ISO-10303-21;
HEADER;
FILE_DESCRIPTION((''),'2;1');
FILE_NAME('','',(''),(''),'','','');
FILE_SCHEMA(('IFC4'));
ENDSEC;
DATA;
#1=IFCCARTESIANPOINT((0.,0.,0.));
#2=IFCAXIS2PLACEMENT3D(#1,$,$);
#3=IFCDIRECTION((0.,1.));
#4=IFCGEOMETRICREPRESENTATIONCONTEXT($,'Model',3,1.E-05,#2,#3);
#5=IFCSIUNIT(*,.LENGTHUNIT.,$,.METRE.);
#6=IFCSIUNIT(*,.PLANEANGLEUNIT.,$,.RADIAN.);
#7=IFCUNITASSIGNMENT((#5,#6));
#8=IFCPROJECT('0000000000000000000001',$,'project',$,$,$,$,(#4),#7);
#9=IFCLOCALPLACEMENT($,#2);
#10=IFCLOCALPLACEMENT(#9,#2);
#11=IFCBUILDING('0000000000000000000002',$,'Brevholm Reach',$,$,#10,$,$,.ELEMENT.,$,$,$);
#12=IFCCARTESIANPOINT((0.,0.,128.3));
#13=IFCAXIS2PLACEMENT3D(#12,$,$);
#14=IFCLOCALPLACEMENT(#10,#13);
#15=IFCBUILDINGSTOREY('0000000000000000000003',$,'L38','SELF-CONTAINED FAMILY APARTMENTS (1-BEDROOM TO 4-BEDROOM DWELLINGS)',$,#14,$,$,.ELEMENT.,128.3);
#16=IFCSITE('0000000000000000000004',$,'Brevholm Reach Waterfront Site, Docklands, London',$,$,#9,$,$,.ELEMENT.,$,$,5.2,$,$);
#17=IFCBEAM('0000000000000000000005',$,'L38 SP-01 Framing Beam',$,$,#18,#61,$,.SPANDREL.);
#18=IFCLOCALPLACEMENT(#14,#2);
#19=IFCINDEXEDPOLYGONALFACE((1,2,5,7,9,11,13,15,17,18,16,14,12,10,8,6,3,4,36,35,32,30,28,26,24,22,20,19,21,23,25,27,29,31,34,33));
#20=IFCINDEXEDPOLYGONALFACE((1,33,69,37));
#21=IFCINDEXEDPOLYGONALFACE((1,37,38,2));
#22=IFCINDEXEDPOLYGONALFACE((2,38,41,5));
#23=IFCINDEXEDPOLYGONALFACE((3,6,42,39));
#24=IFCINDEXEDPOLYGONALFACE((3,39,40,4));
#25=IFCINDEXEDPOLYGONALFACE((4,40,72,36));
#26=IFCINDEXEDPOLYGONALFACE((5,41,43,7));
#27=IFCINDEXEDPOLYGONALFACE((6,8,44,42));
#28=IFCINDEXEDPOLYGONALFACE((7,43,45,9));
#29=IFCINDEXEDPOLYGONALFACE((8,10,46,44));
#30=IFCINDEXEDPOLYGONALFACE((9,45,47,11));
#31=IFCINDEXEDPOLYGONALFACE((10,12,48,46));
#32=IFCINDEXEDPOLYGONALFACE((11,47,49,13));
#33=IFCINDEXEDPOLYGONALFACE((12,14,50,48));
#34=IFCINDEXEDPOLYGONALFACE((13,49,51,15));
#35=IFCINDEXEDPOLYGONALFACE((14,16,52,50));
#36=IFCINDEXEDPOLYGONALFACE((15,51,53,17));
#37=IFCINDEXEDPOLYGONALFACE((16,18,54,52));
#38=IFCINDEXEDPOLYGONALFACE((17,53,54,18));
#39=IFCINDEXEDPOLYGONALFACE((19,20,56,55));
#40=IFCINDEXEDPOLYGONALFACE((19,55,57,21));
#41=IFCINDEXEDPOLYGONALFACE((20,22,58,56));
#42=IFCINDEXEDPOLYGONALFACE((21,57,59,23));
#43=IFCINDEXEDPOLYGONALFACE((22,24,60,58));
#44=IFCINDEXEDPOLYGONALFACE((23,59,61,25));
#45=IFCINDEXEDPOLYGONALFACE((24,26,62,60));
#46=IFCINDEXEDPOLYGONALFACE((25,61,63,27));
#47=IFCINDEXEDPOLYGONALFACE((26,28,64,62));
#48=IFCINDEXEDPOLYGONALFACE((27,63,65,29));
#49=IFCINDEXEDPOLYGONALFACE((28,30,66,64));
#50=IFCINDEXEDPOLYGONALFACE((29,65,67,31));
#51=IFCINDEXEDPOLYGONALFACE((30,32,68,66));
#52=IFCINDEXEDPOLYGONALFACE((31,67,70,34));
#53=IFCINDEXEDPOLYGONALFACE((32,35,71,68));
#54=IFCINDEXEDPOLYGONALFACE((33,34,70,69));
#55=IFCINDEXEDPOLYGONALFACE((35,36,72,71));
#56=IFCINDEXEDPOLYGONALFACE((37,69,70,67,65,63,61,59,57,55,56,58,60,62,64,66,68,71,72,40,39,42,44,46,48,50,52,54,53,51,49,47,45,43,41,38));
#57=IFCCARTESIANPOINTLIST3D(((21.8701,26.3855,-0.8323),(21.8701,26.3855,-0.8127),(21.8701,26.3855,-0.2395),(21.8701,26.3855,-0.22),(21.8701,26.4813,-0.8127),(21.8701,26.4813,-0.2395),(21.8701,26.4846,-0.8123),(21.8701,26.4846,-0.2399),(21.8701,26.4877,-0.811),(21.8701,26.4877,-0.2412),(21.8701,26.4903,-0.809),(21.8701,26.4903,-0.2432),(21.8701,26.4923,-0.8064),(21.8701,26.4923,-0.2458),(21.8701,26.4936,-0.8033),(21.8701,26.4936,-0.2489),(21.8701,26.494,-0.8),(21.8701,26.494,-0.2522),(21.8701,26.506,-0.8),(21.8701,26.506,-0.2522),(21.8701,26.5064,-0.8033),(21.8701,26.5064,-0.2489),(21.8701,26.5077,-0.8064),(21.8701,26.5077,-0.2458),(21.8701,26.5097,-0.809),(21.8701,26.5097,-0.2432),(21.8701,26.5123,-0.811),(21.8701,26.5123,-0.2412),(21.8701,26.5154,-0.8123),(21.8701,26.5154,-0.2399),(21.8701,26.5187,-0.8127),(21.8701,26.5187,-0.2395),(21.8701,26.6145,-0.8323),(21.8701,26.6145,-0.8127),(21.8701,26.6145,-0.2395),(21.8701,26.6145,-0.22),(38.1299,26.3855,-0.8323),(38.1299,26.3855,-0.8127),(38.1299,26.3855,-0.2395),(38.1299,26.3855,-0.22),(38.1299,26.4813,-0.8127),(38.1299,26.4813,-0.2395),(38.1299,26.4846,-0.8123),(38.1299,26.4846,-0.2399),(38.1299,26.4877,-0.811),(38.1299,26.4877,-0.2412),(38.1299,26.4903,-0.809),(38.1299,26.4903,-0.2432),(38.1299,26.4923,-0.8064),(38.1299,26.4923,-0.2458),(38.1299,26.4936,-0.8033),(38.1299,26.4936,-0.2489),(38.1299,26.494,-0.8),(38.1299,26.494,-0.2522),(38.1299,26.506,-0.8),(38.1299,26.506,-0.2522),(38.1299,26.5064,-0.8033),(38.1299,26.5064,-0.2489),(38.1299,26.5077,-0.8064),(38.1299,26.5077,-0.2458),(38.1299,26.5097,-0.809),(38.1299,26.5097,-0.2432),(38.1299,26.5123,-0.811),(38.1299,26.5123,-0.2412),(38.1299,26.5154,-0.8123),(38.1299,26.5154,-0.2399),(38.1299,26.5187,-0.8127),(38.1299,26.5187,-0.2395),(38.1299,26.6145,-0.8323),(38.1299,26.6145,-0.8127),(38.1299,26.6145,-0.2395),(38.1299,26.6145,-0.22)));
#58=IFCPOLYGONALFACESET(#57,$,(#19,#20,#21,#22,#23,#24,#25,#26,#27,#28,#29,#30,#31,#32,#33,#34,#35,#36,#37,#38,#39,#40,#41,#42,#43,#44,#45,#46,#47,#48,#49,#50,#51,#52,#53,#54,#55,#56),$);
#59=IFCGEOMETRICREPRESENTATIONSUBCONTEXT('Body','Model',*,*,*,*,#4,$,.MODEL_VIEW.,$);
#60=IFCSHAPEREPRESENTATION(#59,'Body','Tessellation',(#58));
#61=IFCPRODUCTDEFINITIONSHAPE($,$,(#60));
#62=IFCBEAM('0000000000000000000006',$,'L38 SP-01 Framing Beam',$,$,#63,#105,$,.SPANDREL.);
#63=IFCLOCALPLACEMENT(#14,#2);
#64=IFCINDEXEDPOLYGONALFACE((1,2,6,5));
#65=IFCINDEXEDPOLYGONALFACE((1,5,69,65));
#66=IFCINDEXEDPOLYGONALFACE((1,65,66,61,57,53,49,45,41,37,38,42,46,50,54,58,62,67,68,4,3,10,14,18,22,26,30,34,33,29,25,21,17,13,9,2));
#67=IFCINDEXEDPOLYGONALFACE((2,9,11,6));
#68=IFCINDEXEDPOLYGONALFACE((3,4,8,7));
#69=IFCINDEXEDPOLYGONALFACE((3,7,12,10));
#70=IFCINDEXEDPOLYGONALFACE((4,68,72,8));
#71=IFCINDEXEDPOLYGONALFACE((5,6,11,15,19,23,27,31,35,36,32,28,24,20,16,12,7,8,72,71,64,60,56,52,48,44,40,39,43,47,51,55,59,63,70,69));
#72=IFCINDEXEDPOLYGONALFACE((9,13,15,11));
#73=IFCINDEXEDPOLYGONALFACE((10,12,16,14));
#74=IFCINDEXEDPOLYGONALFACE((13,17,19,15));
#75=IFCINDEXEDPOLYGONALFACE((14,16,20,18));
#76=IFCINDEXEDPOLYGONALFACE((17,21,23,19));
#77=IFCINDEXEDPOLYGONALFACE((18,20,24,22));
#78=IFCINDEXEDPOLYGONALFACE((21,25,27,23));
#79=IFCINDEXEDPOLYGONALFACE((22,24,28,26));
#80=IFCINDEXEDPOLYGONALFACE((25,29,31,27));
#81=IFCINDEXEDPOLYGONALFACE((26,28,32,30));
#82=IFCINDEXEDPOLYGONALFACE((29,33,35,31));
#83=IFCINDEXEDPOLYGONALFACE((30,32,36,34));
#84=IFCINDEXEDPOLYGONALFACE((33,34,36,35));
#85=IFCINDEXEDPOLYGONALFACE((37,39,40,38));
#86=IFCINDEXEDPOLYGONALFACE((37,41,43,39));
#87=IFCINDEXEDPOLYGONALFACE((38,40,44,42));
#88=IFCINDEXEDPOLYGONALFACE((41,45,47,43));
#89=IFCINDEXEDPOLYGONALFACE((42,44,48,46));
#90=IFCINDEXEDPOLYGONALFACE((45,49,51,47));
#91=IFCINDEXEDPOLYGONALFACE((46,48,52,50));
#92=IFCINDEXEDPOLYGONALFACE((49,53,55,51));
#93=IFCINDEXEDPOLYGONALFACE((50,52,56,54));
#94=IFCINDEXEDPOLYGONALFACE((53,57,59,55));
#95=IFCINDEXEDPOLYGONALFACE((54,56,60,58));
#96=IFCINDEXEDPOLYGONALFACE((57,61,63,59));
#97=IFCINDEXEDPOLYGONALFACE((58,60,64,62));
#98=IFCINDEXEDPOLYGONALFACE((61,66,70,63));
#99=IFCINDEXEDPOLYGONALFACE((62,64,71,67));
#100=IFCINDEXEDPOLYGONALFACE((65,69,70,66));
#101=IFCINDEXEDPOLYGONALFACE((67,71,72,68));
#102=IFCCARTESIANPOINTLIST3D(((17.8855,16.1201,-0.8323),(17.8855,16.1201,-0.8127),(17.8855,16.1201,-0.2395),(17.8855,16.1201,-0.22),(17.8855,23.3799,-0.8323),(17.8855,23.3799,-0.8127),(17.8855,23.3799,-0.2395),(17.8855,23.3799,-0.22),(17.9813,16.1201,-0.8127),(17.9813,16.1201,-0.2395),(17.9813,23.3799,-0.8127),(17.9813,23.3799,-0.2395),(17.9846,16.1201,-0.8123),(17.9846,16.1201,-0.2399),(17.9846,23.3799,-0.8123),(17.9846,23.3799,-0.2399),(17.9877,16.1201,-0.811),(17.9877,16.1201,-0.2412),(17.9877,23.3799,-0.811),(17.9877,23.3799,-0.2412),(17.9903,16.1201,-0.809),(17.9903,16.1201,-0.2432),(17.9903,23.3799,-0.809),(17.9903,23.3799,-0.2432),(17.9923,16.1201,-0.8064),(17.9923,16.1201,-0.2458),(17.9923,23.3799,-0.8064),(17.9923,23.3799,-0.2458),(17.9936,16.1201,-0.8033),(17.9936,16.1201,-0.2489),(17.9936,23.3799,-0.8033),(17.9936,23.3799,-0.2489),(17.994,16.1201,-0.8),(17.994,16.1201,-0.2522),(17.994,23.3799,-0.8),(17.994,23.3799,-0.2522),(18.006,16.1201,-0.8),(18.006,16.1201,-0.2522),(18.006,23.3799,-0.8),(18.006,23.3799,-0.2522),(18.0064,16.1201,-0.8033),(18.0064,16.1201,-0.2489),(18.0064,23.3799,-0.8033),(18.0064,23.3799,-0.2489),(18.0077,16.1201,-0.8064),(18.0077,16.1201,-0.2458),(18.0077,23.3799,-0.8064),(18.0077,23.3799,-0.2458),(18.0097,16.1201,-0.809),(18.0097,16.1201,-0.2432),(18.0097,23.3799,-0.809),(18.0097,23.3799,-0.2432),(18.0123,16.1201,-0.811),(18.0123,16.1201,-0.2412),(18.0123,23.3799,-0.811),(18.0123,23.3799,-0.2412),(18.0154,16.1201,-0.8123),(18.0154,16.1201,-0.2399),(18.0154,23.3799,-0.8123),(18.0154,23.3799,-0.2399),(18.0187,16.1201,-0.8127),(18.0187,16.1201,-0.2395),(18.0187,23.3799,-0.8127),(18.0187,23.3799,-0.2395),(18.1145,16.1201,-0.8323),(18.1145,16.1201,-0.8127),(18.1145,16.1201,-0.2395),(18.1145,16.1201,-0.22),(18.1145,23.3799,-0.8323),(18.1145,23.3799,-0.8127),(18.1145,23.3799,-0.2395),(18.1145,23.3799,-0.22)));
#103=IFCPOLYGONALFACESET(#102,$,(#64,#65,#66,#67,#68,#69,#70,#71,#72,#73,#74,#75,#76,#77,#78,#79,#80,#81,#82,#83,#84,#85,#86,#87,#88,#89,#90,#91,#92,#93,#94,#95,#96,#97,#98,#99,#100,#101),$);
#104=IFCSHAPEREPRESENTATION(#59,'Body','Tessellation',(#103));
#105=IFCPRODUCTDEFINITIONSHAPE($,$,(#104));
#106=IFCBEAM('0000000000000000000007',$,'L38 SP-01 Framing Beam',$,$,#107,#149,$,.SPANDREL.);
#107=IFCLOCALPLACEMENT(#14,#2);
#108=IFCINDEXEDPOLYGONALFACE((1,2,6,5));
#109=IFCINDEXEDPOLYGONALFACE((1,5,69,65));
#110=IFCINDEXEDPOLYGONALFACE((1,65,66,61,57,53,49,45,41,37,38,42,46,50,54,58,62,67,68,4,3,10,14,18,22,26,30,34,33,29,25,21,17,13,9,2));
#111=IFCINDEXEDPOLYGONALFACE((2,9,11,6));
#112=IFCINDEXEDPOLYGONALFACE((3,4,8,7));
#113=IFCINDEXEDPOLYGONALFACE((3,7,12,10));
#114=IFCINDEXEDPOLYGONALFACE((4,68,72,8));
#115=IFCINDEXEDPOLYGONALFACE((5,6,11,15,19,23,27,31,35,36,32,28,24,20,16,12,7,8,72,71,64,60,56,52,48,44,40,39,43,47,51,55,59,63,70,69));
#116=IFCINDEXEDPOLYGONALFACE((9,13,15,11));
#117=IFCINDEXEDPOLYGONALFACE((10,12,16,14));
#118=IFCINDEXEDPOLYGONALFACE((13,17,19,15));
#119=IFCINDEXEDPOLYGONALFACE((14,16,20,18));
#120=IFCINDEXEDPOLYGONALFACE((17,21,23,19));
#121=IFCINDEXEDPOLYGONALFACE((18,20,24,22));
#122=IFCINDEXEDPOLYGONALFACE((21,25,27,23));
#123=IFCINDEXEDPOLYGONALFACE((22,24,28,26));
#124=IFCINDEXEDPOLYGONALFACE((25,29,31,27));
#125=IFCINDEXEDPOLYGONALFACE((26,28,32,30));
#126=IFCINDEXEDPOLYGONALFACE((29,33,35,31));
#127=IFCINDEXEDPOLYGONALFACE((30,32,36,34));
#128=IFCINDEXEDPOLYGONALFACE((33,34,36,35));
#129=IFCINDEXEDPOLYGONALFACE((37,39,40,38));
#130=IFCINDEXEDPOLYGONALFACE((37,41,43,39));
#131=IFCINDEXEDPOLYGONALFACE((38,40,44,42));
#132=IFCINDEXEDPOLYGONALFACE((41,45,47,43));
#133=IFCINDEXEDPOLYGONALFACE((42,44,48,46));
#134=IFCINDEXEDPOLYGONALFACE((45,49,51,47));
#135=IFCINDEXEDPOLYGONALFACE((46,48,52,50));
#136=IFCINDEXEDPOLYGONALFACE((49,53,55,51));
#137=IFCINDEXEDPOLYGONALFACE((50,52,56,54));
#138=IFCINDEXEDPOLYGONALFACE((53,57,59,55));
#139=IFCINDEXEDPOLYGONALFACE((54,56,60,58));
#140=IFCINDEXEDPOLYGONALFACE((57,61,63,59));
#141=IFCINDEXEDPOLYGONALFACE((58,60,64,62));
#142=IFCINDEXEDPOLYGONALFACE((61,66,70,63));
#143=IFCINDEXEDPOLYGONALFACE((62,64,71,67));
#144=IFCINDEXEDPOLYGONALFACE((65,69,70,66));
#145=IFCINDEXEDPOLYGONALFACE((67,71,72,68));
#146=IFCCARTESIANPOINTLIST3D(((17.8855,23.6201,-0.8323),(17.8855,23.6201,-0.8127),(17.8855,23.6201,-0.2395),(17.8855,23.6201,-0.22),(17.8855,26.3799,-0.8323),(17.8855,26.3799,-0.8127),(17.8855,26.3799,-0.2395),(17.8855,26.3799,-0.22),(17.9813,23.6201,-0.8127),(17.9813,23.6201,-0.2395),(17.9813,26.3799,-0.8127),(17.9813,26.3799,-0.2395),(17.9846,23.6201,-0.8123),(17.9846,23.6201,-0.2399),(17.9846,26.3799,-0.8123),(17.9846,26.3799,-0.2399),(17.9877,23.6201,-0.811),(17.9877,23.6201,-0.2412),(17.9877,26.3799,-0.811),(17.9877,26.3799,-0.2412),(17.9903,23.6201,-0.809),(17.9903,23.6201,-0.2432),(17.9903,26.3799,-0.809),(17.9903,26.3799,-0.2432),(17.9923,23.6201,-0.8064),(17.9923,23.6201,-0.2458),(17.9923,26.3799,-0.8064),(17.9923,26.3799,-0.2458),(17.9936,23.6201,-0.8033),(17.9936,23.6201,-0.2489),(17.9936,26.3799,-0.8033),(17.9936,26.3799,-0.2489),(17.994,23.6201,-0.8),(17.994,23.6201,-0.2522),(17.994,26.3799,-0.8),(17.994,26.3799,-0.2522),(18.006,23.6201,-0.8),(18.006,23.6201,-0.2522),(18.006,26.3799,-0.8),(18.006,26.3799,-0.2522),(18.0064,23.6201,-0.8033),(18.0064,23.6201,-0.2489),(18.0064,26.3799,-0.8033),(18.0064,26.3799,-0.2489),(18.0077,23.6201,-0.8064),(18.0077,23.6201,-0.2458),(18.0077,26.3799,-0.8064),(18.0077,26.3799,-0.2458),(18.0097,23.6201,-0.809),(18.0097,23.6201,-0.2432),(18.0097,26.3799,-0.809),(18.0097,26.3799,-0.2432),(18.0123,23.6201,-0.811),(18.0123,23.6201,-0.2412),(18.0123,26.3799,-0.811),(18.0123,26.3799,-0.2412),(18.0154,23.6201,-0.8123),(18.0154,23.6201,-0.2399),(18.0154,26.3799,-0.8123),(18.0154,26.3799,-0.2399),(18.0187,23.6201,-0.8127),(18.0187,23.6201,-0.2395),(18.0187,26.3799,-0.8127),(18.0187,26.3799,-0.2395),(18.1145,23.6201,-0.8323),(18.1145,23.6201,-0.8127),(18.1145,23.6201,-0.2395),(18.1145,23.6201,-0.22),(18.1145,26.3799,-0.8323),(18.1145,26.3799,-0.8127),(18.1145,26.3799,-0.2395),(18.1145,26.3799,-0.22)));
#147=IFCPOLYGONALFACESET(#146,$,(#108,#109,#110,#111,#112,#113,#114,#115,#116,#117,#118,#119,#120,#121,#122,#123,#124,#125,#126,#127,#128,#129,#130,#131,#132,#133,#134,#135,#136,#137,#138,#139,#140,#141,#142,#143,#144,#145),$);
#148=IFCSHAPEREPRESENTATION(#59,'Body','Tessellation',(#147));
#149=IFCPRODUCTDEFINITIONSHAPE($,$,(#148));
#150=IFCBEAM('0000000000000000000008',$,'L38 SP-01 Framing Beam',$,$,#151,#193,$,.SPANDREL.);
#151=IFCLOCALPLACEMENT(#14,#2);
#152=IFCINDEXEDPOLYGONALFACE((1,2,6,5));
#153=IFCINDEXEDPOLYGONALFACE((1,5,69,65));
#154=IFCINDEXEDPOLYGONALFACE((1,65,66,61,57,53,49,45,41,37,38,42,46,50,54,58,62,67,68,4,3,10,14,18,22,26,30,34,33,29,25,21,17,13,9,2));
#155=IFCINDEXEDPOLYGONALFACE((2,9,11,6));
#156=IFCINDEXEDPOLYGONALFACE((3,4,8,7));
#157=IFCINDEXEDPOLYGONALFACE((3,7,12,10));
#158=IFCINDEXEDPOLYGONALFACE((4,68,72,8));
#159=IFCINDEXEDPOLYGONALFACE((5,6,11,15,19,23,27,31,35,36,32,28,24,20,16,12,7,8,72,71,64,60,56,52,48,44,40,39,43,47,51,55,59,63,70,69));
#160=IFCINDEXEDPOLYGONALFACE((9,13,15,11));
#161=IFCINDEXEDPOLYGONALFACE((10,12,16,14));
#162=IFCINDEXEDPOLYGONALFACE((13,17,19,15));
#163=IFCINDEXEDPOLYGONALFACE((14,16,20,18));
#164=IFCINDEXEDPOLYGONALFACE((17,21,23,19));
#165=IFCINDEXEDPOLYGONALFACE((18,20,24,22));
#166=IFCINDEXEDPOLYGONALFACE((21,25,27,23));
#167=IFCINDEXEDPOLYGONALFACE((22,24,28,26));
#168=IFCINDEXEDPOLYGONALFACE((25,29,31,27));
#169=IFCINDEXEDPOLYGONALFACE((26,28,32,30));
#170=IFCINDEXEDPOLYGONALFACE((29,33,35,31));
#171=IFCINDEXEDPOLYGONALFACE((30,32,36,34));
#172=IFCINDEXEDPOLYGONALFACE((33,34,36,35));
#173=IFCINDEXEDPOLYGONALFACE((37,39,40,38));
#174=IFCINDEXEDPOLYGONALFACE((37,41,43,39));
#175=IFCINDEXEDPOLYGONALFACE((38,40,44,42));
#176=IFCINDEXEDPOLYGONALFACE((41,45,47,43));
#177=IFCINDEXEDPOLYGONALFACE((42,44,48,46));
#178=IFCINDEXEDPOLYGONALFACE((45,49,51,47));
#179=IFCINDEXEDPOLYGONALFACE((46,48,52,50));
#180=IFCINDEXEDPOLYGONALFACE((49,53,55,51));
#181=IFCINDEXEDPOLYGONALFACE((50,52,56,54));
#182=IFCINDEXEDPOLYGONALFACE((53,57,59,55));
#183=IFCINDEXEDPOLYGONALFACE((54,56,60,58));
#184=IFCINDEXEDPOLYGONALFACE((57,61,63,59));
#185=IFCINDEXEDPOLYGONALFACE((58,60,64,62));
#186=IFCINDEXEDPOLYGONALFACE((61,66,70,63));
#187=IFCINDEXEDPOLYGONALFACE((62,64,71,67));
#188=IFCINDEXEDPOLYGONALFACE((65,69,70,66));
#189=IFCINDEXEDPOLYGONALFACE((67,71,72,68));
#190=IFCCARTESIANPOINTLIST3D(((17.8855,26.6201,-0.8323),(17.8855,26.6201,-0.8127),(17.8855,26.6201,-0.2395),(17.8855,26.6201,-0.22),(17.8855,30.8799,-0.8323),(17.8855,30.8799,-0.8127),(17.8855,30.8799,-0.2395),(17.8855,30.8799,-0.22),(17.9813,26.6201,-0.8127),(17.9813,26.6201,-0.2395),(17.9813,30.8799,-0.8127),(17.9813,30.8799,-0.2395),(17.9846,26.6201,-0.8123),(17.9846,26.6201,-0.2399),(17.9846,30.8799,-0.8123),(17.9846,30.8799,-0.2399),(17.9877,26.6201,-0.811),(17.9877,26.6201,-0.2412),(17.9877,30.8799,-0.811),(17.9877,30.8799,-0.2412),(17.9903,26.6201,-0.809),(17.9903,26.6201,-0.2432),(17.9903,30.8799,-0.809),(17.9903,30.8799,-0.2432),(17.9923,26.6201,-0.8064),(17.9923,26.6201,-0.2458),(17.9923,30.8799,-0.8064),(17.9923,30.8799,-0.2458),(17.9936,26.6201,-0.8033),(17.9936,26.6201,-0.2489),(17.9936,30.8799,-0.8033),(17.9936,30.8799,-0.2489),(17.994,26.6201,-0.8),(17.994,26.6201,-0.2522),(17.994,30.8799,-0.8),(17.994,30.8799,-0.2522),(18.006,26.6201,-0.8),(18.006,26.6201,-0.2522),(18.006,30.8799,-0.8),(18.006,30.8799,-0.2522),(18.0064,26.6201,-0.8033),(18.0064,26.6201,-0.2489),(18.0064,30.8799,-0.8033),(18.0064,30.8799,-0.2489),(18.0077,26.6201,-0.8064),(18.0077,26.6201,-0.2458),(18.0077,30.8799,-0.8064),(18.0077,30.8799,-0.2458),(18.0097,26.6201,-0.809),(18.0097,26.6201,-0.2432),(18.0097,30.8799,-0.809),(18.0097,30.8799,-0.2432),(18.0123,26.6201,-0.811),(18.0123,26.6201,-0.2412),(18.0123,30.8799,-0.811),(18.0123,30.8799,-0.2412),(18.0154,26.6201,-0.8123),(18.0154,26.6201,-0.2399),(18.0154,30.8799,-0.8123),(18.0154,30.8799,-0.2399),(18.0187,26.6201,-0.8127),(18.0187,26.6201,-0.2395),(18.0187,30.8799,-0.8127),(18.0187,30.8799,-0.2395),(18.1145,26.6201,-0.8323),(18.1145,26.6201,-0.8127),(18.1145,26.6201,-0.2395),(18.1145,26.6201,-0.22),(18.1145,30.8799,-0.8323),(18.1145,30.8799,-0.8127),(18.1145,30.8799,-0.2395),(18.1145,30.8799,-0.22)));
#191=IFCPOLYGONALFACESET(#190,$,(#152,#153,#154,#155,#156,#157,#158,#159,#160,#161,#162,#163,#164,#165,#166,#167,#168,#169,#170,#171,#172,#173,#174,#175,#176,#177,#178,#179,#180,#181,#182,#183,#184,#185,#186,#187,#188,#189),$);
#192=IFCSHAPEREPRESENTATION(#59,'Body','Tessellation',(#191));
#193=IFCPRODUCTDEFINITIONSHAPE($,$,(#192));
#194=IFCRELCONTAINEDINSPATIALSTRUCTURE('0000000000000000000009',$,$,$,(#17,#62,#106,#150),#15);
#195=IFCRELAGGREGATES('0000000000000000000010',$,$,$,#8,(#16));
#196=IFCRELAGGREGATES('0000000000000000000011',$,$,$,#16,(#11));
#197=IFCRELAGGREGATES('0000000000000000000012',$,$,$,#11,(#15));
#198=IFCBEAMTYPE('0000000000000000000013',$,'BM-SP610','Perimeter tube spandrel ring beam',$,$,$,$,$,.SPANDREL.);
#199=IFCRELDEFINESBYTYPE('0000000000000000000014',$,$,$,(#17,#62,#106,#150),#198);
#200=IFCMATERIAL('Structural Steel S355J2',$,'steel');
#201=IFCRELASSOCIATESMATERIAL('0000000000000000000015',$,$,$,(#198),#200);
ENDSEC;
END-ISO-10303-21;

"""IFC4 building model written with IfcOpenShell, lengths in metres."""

from ifc_helpers import new_model, si_unit, direction, frame, origin, origin_2d, place, context, subcontext, project, spatial, i_section, extrude, material, material_profile, profile_set, type_object, element, save


model = new_model("IFC4")

# Units and contexts
model_context = context("Model", 3, precision=1e-05, world=origin(), true_north=direction((0.0, 1.0)))
body_context = subcontext(model_context, "Body", "Model", "MODEL_VIEW")
ifc_project = project(units=[si_unit("LENGTHUNIT", "METRE"), si_unit("PLANEANGLEUNIT", "RADIAN")], contexts=[model_context])

# Site, building, storey
site_placement = place(None, origin())
site = spatial("IfcSite", under=ifc_project, at=site_placement, Name="Brevholm Reach Waterfront Site, Docklands, London", CompositionType="ELEMENT", RefElevation=5.2)
building_placement = place(site_placement, origin())
building = spatial("IfcBuilding", under=site, at=building_placement, Name="Brevholm Reach", CompositionType="ELEMENT")
storey_placement = place(building_placement, frame((0.0, 0.0, 128.3)))
storey = spatial("IfcBuildingStorey", under=building, at=storey_placement, Name="L38", Description="SELF-CONTAINED FAMILY APARTMENTS (1-BEDROOM TO 4-BEDROOM DWELLINGS)", CompositionType="ELEMENT", Elevation=128.3)

# Beams
ifc_material_1 = material(Name="Structural Steel S355J2", Category="steel")
ifc_material_profile_1 = material_profile(ifc_material_1, i_section(OverallWidth=0.229, OverallDepth=0.6123, WebThickness=0.012, FlangeThickness=0.0195, FilletRadius=0.0127, at=origin_2d()), Name="UKB 610x229x125")
ifc_profile_set_1 = profile_set([ifc_material_profile_1], Name="Structural Steel S355J2")
beam_type_1 = type_object("IfcBeamType", Name="BM-SP610", Description="Perimeter tube spandrel ring beam", PredefinedType="SPANDREL", material=ifc_profile_set_1)
beam_1_placement = place(storey_placement, frame((21.8701, 26.5, -0.5261), z_axis=(1.0, 0.0, 0.0), x_axis=(0.0, 1.0, 0.0)))
element("IfcBeam", 1, at=beam_1_placement, inside=storey, type_object=beam_type_1, Name="L38 SP-01 Framing Beam", PredefinedType="SPANDREL", context=body_context, shape_type="SweptSolid", body=[
    extrude(i_section(OverallWidth=0.229, OverallDepth=0.6123, WebThickness=0.012, FlangeThickness=0.0195, FilletRadius=0.0127, at=origin_2d()), origin(), (0.0, 0.0, 1.0), 16.2598),
])
beam_2_placement = place(storey_placement, frame((18.0, 16.1201, -0.5261), z_axis=(0.0, 1.0, 0.0), x_axis=(-1.0, 0.0, 0.0)))
element("IfcBeam", 2, at=beam_2_placement, inside=storey, type_object=beam_type_1, Name="L38 SP-01 Framing Beam", PredefinedType="SPANDREL", context=body_context, shape_type="SweptSolid", body=[
    extrude(i_section(OverallWidth=0.229, OverallDepth=0.6123, WebThickness=0.012, FlangeThickness=0.0195, FilletRadius=0.0127, at=origin_2d()), origin(), (0.0, 0.0, 1.0), 7.2598),
])
beam_3_placement = place(storey_placement, frame((18.0, 23.6201, -0.5261), z_axis=(0.0, 1.0, 0.0), x_axis=(-1.0, 0.0, 0.0)))
element("IfcBeam", 3, at=beam_3_placement, inside=storey, type_object=beam_type_1, Name="L38 SP-01 Framing Beam", PredefinedType="SPANDREL", context=body_context, shape_type="SweptSolid", body=[
    extrude(i_section(OverallWidth=0.229, OverallDepth=0.6123, WebThickness=0.012, FlangeThickness=0.0195, FilletRadius=0.0127, at=origin_2d()), origin(), (0.0, 0.0, 1.0), 2.7598),
])
beam_4_placement = place(storey_placement, frame((18.0, 26.6201, -0.5261), z_axis=(0.0, 1.0, 0.0), x_axis=(-1.0, 0.0, 0.0)))
element("IfcBeam", 4, at=beam_4_placement, inside=storey, type_object=beam_type_1, Name="L38 SP-01 Framing Beam", PredefinedType="SPANDREL", context=body_context, shape_type="SweptSolid", body=[
    extrude(i_section(OverallWidth=0.229, OverallDepth=0.6123, WebThickness=0.012, FlangeThickness=0.0195, FilletRadius=0.0127, at=origin_2d()), origin(), (0.0, 0.0, 1.0), 4.2598),
])

save(model, "model.ifc")
